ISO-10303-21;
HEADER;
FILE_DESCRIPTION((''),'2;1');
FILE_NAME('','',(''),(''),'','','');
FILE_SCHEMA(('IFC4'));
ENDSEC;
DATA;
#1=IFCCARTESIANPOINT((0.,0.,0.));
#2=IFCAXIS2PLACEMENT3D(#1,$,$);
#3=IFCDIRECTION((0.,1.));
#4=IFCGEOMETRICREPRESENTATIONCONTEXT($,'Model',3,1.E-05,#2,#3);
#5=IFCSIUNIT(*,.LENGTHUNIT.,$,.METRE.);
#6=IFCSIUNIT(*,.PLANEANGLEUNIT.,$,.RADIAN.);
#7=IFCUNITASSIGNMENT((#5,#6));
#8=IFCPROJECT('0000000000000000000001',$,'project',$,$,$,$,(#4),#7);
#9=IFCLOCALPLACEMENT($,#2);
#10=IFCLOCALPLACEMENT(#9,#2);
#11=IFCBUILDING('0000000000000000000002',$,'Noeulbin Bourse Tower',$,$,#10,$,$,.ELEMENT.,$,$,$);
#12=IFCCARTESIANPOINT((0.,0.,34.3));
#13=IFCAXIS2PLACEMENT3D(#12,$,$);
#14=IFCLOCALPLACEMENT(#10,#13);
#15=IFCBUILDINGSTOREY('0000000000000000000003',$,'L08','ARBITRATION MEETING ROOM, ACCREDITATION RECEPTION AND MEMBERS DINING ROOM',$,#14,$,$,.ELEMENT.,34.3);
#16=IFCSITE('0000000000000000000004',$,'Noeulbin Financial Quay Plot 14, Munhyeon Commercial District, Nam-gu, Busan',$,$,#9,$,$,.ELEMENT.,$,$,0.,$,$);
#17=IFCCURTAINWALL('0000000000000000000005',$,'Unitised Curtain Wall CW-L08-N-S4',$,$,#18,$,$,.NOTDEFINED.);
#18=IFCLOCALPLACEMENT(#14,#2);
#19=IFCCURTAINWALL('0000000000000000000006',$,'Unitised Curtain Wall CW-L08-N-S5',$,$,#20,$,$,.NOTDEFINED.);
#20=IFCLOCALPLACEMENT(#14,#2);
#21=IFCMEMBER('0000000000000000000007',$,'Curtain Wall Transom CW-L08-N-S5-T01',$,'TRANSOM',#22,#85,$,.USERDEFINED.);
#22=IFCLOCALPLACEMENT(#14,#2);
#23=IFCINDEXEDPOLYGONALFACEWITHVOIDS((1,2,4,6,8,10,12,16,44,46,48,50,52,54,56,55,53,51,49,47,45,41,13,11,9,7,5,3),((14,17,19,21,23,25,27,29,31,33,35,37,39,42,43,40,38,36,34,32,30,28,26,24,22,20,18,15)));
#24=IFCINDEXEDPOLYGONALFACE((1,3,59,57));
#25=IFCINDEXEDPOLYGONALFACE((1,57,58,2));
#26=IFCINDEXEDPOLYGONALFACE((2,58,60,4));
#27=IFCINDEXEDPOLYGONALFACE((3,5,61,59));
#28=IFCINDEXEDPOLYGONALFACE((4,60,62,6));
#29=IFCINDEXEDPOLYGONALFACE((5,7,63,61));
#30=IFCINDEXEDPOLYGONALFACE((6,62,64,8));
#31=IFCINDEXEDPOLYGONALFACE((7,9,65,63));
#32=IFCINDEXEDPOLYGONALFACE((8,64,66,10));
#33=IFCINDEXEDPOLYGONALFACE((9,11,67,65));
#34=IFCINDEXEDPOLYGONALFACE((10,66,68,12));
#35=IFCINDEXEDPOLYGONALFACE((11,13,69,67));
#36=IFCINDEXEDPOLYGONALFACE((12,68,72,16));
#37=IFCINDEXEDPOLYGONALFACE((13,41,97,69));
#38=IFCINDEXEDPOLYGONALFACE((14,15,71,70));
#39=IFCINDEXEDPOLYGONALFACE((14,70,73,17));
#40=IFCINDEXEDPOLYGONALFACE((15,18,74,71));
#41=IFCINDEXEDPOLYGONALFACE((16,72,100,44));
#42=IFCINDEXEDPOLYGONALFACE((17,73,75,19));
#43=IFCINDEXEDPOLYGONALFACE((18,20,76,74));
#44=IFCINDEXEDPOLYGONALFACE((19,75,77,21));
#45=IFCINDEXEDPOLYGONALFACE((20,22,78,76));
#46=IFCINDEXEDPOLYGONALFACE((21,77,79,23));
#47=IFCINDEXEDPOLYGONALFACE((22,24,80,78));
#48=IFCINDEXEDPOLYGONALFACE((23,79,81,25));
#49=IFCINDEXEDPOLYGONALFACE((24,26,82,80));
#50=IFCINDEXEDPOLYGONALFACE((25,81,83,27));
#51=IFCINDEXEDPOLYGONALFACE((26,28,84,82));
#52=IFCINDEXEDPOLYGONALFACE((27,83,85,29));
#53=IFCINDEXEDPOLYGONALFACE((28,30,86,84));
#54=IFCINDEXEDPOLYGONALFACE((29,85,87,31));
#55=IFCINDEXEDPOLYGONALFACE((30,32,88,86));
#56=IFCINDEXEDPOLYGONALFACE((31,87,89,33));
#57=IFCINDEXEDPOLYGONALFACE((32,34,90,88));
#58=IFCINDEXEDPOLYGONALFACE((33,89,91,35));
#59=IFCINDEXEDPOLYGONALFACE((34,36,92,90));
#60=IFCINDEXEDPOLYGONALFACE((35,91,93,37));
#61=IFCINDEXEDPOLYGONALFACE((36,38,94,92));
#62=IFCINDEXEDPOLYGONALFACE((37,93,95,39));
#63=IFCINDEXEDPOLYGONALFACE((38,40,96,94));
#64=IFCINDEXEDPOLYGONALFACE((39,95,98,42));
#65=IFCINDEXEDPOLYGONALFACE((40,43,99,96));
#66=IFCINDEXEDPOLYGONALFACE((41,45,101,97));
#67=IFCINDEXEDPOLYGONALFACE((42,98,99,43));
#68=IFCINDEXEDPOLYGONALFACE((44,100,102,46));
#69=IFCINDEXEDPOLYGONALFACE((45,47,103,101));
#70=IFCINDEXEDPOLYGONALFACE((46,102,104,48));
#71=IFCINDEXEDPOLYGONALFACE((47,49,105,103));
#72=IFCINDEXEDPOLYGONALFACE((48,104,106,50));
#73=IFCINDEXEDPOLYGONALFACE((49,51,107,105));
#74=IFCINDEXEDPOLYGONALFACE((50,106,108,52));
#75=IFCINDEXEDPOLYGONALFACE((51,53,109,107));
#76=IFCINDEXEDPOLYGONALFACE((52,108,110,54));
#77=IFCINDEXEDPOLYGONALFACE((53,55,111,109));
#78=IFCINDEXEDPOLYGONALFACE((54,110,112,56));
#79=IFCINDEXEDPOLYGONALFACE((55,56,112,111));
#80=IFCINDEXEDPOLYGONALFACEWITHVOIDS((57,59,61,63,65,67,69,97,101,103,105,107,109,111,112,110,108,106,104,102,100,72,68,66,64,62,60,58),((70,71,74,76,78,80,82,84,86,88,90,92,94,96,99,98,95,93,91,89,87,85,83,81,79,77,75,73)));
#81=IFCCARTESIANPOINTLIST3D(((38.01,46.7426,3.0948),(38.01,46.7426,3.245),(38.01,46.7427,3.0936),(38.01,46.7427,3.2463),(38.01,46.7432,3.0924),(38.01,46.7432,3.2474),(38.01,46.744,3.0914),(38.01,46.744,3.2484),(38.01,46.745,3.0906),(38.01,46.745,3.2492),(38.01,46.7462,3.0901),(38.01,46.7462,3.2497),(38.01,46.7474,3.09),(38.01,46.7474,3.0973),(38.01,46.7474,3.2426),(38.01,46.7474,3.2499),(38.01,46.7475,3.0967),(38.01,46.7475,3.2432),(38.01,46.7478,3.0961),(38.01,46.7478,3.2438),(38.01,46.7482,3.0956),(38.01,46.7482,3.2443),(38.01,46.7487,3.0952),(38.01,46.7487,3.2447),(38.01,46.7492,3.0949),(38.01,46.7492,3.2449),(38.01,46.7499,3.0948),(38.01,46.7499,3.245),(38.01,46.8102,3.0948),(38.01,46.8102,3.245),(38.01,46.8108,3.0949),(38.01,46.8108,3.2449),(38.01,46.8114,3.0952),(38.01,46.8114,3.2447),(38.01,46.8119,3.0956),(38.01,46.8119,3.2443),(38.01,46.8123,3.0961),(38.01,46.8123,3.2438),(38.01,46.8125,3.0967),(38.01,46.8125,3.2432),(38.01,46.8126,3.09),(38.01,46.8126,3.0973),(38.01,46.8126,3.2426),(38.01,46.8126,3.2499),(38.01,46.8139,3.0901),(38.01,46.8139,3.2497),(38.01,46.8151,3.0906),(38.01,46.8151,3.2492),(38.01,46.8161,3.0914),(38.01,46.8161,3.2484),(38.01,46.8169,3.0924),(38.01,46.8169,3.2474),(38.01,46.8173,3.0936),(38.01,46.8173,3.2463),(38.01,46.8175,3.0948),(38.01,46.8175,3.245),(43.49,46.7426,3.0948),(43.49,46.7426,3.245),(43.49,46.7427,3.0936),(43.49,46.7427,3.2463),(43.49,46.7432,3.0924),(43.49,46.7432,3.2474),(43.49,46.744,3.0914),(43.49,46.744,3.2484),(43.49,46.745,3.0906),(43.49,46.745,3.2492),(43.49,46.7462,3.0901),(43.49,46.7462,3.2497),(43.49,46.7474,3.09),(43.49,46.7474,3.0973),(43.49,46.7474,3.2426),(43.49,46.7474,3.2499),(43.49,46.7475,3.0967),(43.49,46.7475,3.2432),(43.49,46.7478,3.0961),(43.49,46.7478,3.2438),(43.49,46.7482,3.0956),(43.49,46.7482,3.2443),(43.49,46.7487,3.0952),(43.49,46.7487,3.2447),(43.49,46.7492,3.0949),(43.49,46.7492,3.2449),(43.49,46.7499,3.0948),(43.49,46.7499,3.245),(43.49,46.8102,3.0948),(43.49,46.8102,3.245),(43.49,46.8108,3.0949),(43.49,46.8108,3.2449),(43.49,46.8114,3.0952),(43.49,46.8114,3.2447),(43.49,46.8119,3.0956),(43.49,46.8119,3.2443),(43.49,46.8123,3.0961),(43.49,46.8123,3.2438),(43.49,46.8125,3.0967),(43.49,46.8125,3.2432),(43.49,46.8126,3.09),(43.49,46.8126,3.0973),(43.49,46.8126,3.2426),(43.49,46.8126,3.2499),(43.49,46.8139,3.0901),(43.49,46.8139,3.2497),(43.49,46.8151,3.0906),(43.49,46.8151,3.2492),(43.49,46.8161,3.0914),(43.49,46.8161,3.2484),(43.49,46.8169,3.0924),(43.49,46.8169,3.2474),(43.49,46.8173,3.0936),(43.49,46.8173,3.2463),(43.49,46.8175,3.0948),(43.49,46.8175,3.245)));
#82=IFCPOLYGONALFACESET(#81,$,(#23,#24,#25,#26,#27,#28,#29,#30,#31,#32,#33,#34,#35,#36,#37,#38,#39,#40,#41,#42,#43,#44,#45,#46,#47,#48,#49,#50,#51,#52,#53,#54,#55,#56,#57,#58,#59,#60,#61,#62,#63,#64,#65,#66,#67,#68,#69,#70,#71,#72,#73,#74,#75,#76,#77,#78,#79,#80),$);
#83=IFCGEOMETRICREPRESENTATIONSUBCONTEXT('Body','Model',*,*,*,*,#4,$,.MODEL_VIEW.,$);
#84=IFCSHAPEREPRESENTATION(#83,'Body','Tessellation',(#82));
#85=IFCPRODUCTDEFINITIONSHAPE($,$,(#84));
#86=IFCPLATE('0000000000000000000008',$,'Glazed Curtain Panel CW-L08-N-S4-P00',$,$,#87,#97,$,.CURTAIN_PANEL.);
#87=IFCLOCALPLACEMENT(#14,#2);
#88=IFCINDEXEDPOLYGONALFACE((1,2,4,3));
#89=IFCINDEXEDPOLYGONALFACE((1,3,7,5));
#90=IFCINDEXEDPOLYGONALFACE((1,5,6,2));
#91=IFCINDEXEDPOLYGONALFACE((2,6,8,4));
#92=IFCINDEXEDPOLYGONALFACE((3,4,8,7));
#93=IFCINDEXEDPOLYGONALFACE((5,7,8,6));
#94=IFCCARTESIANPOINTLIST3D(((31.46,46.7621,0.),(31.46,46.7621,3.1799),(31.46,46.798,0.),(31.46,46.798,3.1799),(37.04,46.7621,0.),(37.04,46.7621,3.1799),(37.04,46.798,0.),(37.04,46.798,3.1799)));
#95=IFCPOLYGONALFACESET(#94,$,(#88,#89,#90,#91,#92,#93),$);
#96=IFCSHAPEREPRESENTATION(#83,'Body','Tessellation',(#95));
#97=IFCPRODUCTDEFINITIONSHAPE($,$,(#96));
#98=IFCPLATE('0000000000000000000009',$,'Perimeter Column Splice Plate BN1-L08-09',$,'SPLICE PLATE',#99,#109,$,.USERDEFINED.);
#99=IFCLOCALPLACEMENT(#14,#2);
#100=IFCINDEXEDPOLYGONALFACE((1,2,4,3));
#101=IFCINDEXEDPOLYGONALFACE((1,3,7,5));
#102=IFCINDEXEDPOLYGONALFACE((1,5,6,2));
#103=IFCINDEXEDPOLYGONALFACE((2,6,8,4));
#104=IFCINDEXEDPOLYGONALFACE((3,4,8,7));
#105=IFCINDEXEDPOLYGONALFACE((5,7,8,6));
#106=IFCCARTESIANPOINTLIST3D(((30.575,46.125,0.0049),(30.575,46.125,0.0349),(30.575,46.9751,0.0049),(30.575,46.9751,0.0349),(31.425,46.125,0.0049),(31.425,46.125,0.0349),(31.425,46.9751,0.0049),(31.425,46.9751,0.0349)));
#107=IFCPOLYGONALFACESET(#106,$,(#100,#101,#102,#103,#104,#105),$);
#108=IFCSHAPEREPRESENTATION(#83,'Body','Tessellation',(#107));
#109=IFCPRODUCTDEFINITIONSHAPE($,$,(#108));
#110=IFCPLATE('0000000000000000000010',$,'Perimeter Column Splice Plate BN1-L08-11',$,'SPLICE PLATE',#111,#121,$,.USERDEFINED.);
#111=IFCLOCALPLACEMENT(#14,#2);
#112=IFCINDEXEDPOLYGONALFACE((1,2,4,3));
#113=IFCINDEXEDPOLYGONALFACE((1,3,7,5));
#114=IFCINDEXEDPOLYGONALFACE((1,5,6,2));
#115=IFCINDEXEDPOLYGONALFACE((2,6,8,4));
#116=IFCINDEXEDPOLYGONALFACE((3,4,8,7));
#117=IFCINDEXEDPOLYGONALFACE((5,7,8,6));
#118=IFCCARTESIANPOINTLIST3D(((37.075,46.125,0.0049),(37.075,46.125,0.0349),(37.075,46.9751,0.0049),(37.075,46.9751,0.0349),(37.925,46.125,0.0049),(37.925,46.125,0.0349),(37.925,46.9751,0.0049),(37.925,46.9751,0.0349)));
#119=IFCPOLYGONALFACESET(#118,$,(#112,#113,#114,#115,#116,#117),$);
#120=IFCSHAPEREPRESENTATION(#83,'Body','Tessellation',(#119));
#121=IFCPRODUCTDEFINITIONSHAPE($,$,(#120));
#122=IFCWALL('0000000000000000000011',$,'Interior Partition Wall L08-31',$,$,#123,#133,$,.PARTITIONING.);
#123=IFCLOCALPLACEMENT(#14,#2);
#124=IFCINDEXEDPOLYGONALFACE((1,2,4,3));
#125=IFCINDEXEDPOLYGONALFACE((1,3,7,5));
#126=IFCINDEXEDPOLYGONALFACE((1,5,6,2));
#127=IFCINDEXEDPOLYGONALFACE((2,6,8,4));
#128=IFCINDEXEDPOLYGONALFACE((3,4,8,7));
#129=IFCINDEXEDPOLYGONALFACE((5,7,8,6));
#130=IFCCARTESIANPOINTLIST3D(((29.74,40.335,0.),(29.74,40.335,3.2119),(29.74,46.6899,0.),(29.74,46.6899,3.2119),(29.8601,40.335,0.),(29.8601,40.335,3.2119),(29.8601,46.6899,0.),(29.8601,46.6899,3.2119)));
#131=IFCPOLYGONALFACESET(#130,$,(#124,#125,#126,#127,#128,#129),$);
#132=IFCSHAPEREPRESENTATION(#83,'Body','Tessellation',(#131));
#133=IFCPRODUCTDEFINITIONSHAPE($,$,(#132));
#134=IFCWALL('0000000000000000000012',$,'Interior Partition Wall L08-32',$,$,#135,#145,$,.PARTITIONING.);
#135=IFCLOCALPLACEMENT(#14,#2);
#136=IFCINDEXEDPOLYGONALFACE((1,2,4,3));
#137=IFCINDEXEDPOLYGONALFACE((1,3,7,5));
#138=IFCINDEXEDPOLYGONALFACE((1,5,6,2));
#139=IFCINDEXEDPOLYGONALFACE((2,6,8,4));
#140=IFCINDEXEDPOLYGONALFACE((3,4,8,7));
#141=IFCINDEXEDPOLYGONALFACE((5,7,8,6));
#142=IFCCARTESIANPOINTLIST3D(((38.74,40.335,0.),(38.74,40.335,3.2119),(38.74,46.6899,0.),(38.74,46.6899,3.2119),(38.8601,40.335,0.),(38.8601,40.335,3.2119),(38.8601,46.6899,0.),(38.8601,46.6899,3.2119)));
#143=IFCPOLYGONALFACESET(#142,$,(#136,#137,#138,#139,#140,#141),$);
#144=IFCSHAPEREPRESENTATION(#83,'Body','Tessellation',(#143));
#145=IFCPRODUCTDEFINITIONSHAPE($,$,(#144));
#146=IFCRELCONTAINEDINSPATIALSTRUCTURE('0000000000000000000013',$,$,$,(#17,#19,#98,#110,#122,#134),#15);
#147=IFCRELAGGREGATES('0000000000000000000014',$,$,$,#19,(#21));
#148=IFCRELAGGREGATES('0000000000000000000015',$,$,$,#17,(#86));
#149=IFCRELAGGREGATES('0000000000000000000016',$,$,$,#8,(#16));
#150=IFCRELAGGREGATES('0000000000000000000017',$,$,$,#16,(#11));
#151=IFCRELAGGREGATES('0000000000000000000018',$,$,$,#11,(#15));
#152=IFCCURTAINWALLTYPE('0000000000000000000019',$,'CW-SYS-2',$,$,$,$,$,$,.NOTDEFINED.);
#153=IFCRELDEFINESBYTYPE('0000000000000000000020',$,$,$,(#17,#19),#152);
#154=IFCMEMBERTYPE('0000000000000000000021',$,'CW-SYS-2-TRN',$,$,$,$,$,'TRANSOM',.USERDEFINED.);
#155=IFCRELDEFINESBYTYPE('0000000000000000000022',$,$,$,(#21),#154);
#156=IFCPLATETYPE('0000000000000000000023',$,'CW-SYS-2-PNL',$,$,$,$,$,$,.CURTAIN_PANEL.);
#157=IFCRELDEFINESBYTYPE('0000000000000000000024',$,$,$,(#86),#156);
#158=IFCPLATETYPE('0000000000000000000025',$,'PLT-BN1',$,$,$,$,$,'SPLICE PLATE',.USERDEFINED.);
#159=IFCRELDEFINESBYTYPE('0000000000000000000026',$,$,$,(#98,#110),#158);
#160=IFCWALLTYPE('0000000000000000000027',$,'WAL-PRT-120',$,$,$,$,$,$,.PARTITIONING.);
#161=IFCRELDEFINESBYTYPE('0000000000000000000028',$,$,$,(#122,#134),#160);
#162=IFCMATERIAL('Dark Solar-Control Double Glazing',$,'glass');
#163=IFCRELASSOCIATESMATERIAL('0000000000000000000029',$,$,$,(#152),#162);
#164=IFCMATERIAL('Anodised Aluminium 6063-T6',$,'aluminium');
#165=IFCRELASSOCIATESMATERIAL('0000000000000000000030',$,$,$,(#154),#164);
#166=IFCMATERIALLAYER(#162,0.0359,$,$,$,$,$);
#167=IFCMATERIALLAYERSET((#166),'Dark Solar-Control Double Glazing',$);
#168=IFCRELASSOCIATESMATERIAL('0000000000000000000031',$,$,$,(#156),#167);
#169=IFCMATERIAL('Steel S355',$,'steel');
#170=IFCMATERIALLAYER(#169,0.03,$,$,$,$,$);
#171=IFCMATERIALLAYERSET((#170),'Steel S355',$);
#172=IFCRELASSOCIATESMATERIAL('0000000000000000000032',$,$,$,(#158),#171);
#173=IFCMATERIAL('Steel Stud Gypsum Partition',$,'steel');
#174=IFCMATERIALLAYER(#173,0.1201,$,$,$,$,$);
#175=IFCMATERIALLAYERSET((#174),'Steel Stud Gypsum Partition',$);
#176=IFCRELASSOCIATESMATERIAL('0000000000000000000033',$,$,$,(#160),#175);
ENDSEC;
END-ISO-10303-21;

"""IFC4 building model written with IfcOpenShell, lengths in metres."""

from ifc_helpers import new_model, si_unit, direction, frame, frame_2d, origin, origin_2d, place, context, subcontext, project, spatial, rectangle, hollow_rectangle, extrude, material, layer, layer_set, material_profile, profile_set, type_object, element, aggregate, save


model = new_model("IFC4")

# Units and contexts
model_context = context("Model", 3, precision=1e-05, world=origin(), true_north=direction((0.0, 1.0)))
body_context = subcontext(model_context, "Body", "Model", "MODEL_VIEW")
ifc_project = project(units=[si_unit("LENGTHUNIT", "METRE"), si_unit("PLANEANGLEUNIT", "RADIAN")], contexts=[model_context])

# Site, building, storey
site_placement = place(None, origin())
site = spatial("IfcSite", under=ifc_project, at=site_placement, Name="Noeulbin Financial Quay Plot 14, Munhyeon Commercial District, Nam-gu, Busan", CompositionType="ELEMENT", RefElevation=0.0)
building_placement = place(site_placement, origin())
building = spatial("IfcBuilding", under=site, at=building_placement, Name="Noeulbin Bourse Tower", CompositionType="ELEMENT")
storey_placement = place(building_placement, frame((0.0, 0.0, 34.3)))
storey = spatial("IfcBuildingStorey", under=building, at=storey_placement, Name="L08", Description="ARBITRATION MEETING ROOM, ACCREDITATION RECEPTION AND MEMBERS DINING ROOM", CompositionType="ELEMENT", Elevation=34.3)

# Shared definitions
ifc_material_1 = material(Name="Steel S355", Category="steel")

# Shared definitions
ifc_material_2 = material(Name="Dark Solar-Control Double Glazing", Category="glass")
curtain_wall_type = type_object("IfcCurtainWallType", Name="CW-SYS-2", PredefinedType="NOTDEFINED", material=ifc_material_2)
ifc_material_3 = material(Name="Anodised Aluminium 6063-T6", Category="aluminium")

# Curtain wall
curtain_wall_1_placement = place(storey_placement, origin())
curtain_wall_1 = element("IfcCurtainWall", 1, at=curtain_wall_1_placement, inside=storey, type_object=curtain_wall_type, Name="Unitised Curtain Wall CW-L08-N-S4", PredefinedType="NOTDEFINED")

# Curtain wall
curtain_wall_2_placement = place(storey_placement, origin())
curtain_wall_2 = element("IfcCurtainWall", 2, at=curtain_wall_2_placement, inside=storey, type_object=curtain_wall_type, Name="Unitised Curtain Wall CW-L08-N-S5", PredefinedType="NOTDEFINED")

# Member
ifc_material_profile_1 = material_profile(ifc_material_3, hollow_rectangle(XDim=0.075, YDim=0.1599, WallThickness=0.0049, InnerFilletRadius=0.0024, OuterFilletRadius=0.0049, at=origin_2d()), Name="ALU-TRAN-75x160x5", Category="LoadBearing")
ifc_profile_set_1 = profile_set([ifc_material_profile_1], Name="Anodised Aluminium 6063-T6")
member_type_1 = type_object("IfcMemberType", Name="CW-SYS-2-TRN", ElementType="TRANSOM", PredefinedType="USERDEFINED", material=ifc_profile_set_1)
member_1_placement = place(storey_placement, frame((38.01, 46.78, 3.1699), z_axis=(1.0, 0.0, 0.0), x_axis=(0.0, 1.0, 0.0)))
member_1 = element("IfcMember", 3, at=member_1_placement, type_object=member_type_1, Name="Curtain Wall Transom CW-L08-N-S5-T01", ObjectType="TRANSOM", PredefinedType="USERDEFINED", context=body_context, shape_type="SweptSolid", body=[
    extrude(hollow_rectangle(XDim=0.075, YDim=0.1599, WallThickness=0.0049, InnerFilletRadius=0.0024, OuterFilletRadius=0.0049, at=origin_2d()), origin(), (0.0, 0.0, 1.0), 5.48),
])
aggregate(curtain_wall_2, [member_1])

# Plate
ifc_layer_1 = layer(ifc_material_2, 0.0359)
ifc_layer_set_1 = layer_set([ifc_layer_1], Name="Dark Solar-Control Double Glazing")
plate_type_1 = type_object("IfcPlateType", Name="CW-SYS-2-PNL", PredefinedType="CURTAIN_PANEL", material=ifc_layer_set_1)
plate_placement = place(storey_placement, frame((34.25, 46.78, 0.0), z_axis=(0.0, 0.0, 1.0), x_axis=(1.0, 0.0, 0.0)))
plate = element("IfcPlate", 4, at=plate_placement, type_object=plate_type_1, Name="Glazed Curtain Panel CW-L08-N-S4-P00", PredefinedType="CURTAIN_PANEL", context=body_context, shape_type="SweptSolid", body=[
    extrude(rectangle(XDim=5.5801, YDim=0.0359, at=origin_2d()), origin(), (0.0, 0.0, 1.0), 3.1799),
])
aggregate(curtain_wall_1, [plate])

# Plates
ifc_layer_2 = layer(ifc_material_1, 0.03)
ifc_layer_set_2 = layer_set([ifc_layer_2], Name="Steel S355")
plate_type_2 = type_object("IfcPlateType", Name="PLT-BN1", ElementType="SPLICE PLATE", PredefinedType="USERDEFINED", material=ifc_layer_set_2)
for number, where, z_axis, x_axis, name in (
    (5, (31.0, 46.55, 0.0049), (0.0, 0.0, 1.0), (1.0, 0.0, 0.0), "Perimeter Column Splice Plate BN1-L08-09"),
    (6, (37.5, 46.55, 0.0049), (0.0, 0.0, 1.0), (1.0, 0.0, 0.0), "Perimeter Column Splice Plate BN1-L08-11"),
):
    element("IfcPlate", number, at=place(storey_placement, frame(where, z_axis=z_axis, x_axis=x_axis)), inside=storey, type_object=plate_type_2, Name=name, ObjectType="SPLICE PLATE", PredefinedType="USERDEFINED", context=body_context, shape_type="SweptSolid", body=[
        extrude(rectangle(XDim=0.8501, YDim=0.8501, at=origin_2d()), origin(), (0.0, 0.0, 1.0), 0.03),
    ])

# Walls
ifc_material_4 = material(Name="Steel Stud Gypsum Partition", Category="steel")
ifc_layer_3 = layer(ifc_material_4, 0.1201)
ifc_layer_set_3 = layer_set([ifc_layer_3], Name="Steel Stud Gypsum Partition")
wall_type = type_object("IfcWallType", Name="WAL-PRT-120", PredefinedType="PARTITIONING", material=ifc_layer_set_3)
for number, where, z_axis, x_axis, name in (
    (7, (29.8, 40.335, 0.0), (0.0, 0.0, 1.0), (0.0, 1.0, 0.0), "Interior Partition Wall L08-31"),
    (8, (38.8, 40.335, 0.0), (0.0, 0.0, 1.0), (0.0, 1.0, 0.0), "Interior Partition Wall L08-32"),
):
    element("IfcWall", number, at=place(storey_placement, frame(where, z_axis=z_axis, x_axis=x_axis)), inside=storey, type_object=wall_type, Name=name, PredefinedType="PARTITIONING", context=body_context, shape_type="SweptSolid", body=[
        extrude(rectangle(XDim=6.355, YDim=0.1201, at=frame_2d((3.1775, 0.0))), origin(), (0.0, 0.0, 1.0), 3.2119),
    ])

save(model, "model.ifc")
